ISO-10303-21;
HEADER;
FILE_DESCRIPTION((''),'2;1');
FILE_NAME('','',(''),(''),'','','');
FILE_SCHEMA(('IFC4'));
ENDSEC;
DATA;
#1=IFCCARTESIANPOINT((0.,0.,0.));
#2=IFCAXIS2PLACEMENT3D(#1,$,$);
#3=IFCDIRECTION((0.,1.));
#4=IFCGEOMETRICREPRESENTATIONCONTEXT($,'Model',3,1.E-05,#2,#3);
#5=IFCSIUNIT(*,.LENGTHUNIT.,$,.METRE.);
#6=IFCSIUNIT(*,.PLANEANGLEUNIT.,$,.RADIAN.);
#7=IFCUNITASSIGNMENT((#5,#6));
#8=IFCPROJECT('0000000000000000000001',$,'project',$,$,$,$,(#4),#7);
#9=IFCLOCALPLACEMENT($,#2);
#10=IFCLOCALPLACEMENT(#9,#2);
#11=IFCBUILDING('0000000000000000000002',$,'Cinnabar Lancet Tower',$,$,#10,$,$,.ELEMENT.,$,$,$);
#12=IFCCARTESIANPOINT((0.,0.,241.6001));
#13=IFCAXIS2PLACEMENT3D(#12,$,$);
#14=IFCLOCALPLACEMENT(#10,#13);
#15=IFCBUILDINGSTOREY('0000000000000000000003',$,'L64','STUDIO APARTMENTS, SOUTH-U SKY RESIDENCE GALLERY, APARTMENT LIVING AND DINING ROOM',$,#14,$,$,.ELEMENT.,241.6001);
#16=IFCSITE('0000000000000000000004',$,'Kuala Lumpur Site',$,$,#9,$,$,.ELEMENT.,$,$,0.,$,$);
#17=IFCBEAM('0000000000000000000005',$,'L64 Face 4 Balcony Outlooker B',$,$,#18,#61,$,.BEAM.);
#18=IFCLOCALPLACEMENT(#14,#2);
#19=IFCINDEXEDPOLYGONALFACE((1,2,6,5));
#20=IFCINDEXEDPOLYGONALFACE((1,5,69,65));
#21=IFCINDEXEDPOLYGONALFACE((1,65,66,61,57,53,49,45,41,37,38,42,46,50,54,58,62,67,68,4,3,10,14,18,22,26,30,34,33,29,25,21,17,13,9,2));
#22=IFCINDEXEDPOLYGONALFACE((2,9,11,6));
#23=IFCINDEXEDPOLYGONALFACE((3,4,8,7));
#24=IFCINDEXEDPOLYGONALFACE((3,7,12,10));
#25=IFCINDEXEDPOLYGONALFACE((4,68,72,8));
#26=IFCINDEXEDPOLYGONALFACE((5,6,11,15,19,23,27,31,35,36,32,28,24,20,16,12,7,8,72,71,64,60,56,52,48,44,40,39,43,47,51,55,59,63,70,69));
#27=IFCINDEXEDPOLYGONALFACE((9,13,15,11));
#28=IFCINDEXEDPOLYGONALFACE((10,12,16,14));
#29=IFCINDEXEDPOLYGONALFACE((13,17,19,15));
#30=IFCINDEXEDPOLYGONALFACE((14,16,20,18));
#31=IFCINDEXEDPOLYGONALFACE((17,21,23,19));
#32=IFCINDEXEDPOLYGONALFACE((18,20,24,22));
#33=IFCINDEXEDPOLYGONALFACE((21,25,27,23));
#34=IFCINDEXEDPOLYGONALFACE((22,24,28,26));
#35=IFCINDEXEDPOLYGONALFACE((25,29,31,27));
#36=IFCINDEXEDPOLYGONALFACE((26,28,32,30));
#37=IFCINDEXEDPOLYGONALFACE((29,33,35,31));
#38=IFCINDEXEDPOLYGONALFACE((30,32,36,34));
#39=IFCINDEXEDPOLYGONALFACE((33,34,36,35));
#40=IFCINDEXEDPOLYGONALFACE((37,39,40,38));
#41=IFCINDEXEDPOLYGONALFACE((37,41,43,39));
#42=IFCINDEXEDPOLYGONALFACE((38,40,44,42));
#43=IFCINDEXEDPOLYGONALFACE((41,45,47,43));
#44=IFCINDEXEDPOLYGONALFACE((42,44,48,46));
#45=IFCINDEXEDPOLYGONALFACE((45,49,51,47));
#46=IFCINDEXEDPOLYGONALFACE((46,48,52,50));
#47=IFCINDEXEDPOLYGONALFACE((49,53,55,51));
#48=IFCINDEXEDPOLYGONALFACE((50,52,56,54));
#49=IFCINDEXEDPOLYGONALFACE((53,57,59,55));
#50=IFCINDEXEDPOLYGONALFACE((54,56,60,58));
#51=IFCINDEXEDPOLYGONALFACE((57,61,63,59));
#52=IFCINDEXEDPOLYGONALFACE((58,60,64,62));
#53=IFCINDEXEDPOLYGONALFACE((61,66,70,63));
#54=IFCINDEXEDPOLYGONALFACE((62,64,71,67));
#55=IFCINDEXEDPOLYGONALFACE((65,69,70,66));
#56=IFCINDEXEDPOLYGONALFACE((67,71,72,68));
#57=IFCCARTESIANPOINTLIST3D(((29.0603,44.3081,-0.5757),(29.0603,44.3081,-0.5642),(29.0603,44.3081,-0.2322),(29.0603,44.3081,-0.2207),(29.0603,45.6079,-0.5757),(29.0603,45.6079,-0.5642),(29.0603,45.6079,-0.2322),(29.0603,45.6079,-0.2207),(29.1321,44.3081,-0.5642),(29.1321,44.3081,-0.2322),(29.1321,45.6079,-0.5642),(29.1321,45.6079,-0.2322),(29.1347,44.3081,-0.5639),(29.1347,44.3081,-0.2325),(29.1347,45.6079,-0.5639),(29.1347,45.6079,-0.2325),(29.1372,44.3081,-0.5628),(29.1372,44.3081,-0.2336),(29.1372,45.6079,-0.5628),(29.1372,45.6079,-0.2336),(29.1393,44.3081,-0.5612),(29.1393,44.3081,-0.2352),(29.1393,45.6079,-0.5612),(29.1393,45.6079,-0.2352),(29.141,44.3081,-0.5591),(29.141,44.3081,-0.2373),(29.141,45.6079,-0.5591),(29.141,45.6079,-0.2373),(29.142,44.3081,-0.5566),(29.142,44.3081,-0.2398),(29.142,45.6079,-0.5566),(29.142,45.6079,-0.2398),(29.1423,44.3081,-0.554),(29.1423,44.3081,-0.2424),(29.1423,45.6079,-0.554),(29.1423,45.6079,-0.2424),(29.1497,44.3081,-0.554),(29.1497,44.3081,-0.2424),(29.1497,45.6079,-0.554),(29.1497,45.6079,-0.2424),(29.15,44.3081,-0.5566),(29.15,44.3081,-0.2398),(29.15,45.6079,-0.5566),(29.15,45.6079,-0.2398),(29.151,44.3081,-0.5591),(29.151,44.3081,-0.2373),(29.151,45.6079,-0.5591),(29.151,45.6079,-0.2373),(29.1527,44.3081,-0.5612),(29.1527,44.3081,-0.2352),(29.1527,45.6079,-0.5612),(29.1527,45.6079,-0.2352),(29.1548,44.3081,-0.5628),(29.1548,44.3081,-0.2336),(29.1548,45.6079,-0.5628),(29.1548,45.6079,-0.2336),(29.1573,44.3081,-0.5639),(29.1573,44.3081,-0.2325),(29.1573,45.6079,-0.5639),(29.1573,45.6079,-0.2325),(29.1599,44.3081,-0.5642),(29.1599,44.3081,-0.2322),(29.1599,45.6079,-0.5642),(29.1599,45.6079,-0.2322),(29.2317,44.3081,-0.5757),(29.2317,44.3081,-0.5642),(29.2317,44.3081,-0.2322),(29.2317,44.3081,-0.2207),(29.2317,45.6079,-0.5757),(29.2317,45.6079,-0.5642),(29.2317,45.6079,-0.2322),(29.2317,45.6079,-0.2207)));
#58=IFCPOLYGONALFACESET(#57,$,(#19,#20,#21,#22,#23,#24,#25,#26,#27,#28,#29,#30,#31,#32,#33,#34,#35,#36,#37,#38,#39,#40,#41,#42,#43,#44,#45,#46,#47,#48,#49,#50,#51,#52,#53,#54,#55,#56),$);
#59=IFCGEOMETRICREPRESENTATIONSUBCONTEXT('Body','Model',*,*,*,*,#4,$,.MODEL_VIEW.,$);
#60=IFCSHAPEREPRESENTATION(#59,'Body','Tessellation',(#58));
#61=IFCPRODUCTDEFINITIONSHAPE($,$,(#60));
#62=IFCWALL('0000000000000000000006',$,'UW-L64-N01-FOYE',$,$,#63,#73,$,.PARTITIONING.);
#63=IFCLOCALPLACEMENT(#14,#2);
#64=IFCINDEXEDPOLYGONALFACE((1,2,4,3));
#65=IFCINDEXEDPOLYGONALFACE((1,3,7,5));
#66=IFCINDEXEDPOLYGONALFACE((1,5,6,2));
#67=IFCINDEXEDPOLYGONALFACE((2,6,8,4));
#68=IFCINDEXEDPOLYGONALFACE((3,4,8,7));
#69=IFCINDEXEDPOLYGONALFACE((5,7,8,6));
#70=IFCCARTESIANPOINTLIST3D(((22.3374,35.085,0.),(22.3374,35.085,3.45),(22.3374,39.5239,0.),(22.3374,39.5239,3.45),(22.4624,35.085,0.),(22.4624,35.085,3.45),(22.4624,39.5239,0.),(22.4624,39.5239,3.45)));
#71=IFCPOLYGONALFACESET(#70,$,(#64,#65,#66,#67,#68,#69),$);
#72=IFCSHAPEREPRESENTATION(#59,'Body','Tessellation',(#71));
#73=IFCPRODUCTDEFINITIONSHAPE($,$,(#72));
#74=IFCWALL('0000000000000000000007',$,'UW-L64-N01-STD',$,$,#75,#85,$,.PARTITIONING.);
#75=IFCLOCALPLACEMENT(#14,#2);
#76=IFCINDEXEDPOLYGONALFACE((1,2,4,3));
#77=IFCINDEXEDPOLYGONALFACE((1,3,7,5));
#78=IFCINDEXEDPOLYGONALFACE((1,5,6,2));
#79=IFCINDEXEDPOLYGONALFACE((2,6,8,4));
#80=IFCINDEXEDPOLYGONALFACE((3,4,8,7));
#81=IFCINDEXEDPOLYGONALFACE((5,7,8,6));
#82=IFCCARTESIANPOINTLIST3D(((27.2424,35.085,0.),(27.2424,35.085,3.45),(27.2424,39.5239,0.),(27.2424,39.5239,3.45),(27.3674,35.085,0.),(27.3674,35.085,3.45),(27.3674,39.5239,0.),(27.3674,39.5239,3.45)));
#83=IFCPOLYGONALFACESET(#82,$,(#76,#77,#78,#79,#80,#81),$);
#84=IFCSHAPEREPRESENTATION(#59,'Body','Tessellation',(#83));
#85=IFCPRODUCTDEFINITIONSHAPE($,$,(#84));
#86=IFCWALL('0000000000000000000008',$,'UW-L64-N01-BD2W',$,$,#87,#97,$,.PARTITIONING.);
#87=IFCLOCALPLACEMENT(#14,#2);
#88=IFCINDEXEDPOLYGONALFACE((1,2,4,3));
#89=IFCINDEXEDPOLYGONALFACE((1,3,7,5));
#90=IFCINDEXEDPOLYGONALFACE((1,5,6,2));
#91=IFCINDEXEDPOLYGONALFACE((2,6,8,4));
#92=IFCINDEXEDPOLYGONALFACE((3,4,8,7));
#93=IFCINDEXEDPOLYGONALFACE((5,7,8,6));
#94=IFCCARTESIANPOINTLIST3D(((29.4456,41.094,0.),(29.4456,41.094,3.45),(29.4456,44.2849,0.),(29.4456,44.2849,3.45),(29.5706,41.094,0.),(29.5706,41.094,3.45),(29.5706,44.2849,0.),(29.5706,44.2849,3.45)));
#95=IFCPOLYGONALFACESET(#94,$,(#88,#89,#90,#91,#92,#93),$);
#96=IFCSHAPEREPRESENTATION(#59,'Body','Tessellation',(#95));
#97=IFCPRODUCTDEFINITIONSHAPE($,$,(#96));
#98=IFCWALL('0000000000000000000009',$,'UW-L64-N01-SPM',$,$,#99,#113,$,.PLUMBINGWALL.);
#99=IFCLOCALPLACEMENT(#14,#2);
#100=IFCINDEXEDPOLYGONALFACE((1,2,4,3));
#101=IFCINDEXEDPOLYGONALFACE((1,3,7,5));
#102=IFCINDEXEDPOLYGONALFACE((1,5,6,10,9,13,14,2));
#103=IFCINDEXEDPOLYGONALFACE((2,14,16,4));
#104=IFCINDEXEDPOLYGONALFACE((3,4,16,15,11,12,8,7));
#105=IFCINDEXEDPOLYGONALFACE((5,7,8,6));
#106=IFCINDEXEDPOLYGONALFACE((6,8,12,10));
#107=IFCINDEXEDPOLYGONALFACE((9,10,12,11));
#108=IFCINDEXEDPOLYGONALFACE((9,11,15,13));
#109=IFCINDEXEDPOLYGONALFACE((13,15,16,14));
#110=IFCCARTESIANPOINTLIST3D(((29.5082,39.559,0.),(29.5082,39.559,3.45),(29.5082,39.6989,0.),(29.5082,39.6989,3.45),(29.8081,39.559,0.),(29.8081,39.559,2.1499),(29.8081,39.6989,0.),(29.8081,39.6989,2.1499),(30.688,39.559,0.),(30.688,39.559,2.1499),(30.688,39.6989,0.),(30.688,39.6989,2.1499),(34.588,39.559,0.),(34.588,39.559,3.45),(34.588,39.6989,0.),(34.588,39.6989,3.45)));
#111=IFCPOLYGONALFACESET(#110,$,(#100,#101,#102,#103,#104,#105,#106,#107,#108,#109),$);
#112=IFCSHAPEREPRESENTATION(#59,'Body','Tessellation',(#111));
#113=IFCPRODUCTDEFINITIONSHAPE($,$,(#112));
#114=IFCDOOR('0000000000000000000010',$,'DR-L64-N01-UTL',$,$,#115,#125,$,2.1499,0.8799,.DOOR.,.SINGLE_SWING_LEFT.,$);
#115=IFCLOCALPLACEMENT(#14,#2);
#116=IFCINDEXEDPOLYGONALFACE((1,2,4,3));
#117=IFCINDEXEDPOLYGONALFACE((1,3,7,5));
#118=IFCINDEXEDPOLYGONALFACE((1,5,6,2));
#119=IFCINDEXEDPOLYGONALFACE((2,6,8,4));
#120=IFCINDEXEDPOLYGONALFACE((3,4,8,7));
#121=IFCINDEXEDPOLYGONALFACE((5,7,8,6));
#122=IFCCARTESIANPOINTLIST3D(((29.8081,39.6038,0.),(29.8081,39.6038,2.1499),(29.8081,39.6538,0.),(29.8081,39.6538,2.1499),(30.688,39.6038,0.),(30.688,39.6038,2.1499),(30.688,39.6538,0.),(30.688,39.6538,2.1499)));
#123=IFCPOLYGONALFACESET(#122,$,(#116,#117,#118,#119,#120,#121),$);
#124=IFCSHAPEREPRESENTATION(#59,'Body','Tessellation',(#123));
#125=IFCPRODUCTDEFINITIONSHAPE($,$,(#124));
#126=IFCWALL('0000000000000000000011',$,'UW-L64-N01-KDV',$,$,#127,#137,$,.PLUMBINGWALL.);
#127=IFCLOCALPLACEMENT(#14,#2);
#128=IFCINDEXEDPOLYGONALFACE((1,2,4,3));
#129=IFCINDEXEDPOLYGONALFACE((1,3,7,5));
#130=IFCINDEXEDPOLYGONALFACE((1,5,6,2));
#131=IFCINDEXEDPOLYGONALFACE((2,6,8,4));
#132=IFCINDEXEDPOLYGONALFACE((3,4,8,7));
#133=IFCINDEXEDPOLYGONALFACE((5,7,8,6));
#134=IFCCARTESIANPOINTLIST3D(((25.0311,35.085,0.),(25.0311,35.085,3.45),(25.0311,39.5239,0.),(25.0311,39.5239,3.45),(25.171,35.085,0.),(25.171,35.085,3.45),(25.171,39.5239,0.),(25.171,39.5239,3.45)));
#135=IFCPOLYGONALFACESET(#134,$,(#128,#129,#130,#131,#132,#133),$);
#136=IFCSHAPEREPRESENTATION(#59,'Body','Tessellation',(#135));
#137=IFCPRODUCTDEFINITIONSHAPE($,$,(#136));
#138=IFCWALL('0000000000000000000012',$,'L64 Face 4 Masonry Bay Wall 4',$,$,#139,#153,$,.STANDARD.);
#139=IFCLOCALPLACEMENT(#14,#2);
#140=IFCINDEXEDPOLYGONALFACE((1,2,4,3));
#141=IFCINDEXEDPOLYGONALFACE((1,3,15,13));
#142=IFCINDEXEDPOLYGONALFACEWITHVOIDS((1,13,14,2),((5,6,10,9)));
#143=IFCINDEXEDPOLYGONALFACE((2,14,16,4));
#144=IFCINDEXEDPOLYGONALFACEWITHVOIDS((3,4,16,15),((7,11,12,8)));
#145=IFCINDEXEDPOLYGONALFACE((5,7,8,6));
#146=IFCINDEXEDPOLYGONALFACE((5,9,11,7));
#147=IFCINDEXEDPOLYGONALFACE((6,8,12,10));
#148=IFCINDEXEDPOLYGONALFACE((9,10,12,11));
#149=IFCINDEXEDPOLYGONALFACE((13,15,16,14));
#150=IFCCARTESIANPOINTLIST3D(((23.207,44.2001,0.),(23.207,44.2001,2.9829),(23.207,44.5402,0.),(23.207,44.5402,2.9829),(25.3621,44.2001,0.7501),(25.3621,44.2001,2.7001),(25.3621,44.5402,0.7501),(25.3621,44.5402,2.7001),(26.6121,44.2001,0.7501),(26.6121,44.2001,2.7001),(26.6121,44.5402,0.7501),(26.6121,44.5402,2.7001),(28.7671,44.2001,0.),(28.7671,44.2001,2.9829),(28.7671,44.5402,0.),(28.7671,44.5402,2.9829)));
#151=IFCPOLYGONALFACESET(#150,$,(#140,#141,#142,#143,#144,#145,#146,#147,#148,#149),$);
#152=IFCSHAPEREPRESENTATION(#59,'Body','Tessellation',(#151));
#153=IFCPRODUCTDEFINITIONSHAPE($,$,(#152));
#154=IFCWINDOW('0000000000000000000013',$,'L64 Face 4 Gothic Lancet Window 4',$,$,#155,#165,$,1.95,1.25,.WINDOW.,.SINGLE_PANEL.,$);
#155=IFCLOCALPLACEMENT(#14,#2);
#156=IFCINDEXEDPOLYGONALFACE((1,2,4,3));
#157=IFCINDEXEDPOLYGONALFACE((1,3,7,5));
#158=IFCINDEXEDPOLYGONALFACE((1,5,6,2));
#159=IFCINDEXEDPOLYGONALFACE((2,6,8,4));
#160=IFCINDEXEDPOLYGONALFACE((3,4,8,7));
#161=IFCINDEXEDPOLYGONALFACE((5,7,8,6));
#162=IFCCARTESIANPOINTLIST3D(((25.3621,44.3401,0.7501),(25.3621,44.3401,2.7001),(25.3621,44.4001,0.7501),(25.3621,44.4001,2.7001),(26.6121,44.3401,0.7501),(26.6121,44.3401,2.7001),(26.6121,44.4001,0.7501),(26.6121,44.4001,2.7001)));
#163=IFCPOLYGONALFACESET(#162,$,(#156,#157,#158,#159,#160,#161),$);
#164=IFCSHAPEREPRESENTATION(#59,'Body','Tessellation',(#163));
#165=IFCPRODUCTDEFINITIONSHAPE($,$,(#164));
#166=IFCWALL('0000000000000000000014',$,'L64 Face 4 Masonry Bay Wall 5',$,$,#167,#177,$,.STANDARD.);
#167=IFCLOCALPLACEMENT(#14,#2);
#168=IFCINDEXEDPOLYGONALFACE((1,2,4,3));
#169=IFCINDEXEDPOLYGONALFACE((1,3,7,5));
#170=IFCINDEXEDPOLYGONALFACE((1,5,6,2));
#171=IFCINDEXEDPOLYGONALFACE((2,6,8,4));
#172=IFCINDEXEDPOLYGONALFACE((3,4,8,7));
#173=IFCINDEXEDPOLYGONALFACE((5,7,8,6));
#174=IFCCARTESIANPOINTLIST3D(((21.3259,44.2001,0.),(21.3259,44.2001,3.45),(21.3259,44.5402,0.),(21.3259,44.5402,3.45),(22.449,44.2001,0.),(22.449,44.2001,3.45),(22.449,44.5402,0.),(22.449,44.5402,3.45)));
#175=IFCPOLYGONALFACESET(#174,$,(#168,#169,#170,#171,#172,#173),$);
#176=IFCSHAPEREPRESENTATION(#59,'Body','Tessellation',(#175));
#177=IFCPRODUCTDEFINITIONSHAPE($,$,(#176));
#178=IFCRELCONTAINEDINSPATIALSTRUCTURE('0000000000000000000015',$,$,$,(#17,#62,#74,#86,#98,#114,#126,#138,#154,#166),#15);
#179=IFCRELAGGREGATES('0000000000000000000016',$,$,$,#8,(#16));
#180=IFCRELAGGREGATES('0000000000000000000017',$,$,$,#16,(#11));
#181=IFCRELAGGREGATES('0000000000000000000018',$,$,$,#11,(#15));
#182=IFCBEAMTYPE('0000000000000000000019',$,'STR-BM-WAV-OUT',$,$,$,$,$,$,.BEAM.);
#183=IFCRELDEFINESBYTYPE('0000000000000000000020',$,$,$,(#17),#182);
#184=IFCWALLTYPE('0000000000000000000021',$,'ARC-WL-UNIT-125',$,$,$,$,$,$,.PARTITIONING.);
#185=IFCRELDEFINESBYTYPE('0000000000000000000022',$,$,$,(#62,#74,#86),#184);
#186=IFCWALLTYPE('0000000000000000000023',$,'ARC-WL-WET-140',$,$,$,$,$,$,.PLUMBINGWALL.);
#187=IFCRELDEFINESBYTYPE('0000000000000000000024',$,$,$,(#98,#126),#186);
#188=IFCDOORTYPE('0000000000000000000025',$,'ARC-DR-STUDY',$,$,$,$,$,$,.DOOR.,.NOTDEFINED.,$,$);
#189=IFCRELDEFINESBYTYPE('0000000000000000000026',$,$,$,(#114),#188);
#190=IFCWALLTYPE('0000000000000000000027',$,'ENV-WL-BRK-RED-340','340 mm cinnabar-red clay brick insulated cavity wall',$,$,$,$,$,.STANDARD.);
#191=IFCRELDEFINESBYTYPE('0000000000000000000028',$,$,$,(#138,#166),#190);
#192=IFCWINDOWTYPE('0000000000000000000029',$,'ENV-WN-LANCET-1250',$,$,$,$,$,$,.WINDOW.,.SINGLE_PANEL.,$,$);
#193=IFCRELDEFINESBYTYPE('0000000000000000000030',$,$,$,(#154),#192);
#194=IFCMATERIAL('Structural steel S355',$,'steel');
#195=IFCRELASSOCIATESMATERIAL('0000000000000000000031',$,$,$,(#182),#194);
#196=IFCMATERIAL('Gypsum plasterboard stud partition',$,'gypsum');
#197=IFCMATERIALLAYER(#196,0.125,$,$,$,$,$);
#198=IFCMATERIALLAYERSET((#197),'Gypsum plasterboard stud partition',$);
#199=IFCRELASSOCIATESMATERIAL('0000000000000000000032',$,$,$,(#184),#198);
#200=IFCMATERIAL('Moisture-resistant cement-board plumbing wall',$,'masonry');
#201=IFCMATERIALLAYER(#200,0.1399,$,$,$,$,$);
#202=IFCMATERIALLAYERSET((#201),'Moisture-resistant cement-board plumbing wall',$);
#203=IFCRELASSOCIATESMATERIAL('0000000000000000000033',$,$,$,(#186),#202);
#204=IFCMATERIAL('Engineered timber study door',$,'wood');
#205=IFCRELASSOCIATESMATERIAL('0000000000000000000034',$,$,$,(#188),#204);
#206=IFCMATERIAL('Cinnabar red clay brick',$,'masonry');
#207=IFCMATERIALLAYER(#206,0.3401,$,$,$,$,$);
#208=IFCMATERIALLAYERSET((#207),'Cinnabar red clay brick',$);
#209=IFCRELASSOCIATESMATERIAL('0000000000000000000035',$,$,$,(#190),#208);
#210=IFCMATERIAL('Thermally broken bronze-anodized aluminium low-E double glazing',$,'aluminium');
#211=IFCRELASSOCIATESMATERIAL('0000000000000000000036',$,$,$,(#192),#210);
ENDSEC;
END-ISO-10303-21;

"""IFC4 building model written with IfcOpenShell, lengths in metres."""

from ifc_helpers import new_model, si_unit, direction, frame, frame_2d, origin, origin_2d, place, context, subcontext, project, spatial, rectangle, i_section, extrude, material, layer, layer_set, material_profile, profile_set, type_object, element, fill, save


model = new_model("IFC4")

# Units and contexts
model_context = context("Model", 3, precision=1e-05, world=origin(), true_north=direction((0.0, 1.0)))
body_context = subcontext(model_context, "Body", "Model", "MODEL_VIEW")
ifc_project = project(units=[si_unit("LENGTHUNIT", "METRE"), si_unit("PLANEANGLEUNIT", "RADIAN")], contexts=[model_context])

# Site, building, storey
site_placement = place(None, origin())
site = spatial("IfcSite", under=ifc_project, at=site_placement, Name="Kuala Lumpur Site", CompositionType="ELEMENT", RefElevation=0.0)
building_placement = place(site_placement, origin())
building = spatial("IfcBuilding", under=site, at=building_placement, Name="Cinnabar Lancet Tower", CompositionType="ELEMENT")
storey_placement = place(building_placement, frame((0.0, 0.0, 241.6001)))
storey = spatial("IfcBuildingStorey", under=building, at=storey_placement, Name="L64", Description="STUDIO APARTMENTS, SOUTH-U SKY RESIDENCE GALLERY, APARTMENT LIVING AND DINING ROOM", CompositionType="ELEMENT", Elevation=241.6001)

# Beam
ifc_material_1 = material(Name="Structural steel S355", Category="steel")
ifc_material_profile_1 = material_profile(ifc_material_1, i_section(OverallWidth=0.1714, OverallDepth=0.355, WebThickness=0.0073, FlangeThickness=0.0115, FilletRadius=0.0103, at=origin_2d()), Name="UKB 356x171x51")
ifc_profile_set_1 = profile_set([ifc_material_profile_1], Name="Structural steel S355")
beam_type_1 = type_object("IfcBeamType", Name="STR-BM-WAV-OUT", PredefinedType="BEAM", material=ifc_profile_set_1)
beam_1_placement = place(storey_placement, frame((29.146, 44.3081, -0.3982), z_axis=(0.0, 1.0, 0.0), x_axis=(-1.0, 0.0, 0.0)))
element("IfcBeam", 1, at=beam_1_placement, inside=storey, type_object=beam_type_1, Name="L64 Face 4 Balcony Outlooker B", PredefinedType="BEAM", context=body_context, shape_type="SweptSolid", body=[
    extrude(i_section(OverallWidth=0.1714, OverallDepth=0.355, WebThickness=0.0073, FlangeThickness=0.0115, FilletRadius=0.0103, at=origin_2d()), origin(), (0.0, 0.0, 1.0), 1.2998),
])

# Walls
ifc_material_2 = material(Name="Gypsum plasterboard stud partition", Category="gypsum")
ifc_layer_1 = layer(ifc_material_2, 0.125)
ifc_layer_set_1 = layer_set([ifc_layer_1], Name="Gypsum plasterboard stud partition")
wall_type_1 = type_object("IfcWallType", Name="ARC-WL-UNIT-125", PredefinedType="PARTITIONING", material=ifc_layer_set_1)
for number, where, z_axis, x_axis, name in (
    (2, (22.3999, 35.085, 0.0), (0.0, 0.0, 1.0), (0.0, 1.0, 0.0), "UW-L64-N01-FOYE"),
    (3, (27.3049, 35.085, 0.0), (0.0, 0.0, 1.0), (0.0, 1.0, 0.0), "UW-L64-N01-STD"),
):
    element("IfcWall", number, at=place(storey_placement, frame(where, z_axis=z_axis, x_axis=x_axis)), inside=storey, type_object=wall_type_1, Name=name, PredefinedType="PARTITIONING", context=body_context, shape_type="SweptSolid", body=[
        extrude(rectangle(XDim=4.439, YDim=0.125, at=frame_2d((2.2195, 0.0))), origin(), (0.0, 0.0, 1.0), 3.45),
    ])
wall_1_placement = place(storey_placement, frame((29.5081, 41.094, 0.0), z_axis=(0.0, 0.0, 1.0), x_axis=(0.0, 1.0, 0.0)))
element("IfcWall", 4, at=wall_1_placement, inside=storey, type_object=wall_type_1, Name="UW-L64-N01-BD2W", PredefinedType="PARTITIONING", context=body_context, shape_type="SweptSolid", body=[
    extrude(rectangle(XDim=3.1909, YDim=0.125, at=frame_2d((1.5955, 0.0))), origin(), (0.0, 0.0, 1.0), 3.45),
])

# Shared definitions
ifc_material_3 = material(Name="Moisture-resistant cement-board plumbing wall", Category="masonry")
ifc_layer_2 = layer(ifc_material_3, 0.1399)
ifc_layer_set_2 = layer_set([ifc_layer_2], Name="Moisture-resistant cement-board plumbing wall")
wall_type_2 = type_object("IfcWallType", Name="ARC-WL-WET-140", PredefinedType="PLUMBINGWALL", material=ifc_layer_set_2)
ifc_material_4 = material(Name="Engineered timber study door", Category="wood")
door_type_1 = type_object("IfcDoorType", Name="ARC-DR-STUDY", OperationType="NOTDEFINED", PredefinedType="DOOR", material=ifc_material_4)

# Wall, opening, door
wall_2_placement = place(storey_placement, frame((29.5081, 39.6289, 0.0), z_axis=(0.0, 0.0, 1.0), x_axis=(1.0, 0.0, 0.0)))
wall_2 = element("IfcWall", 5, at=wall_2_placement, inside=storey, type_object=wall_type_2, Name="UW-L64-N01-SPM", PredefinedType="PLUMBINGWALL", context=body_context, shape_type="SweptSolid", body=[
    extrude(rectangle(XDim=5.0798, YDim=0.1399, at=frame_2d((2.54, 0.0))), origin(), (0.0, 0.0, 1.0), 3.45),
])
opening_1_placement = place(wall_2_placement, frame((0.3, 0.0, 0.0)))
opening_1 = element("IfcOpeningElement", 6, at=opening_1_placement, cuts=wall_2, PredefinedType="OPENING", context=body_context, shape_type="SweptSolid", body=[
    extrude(rectangle(XDim=0.8799, YDim=2.1499, at=frame_2d((0.4399, 1.075))), frame((0.0, 0.0798, 0.0), z_axis=(0.0, -1.0, 0.0), x_axis=(1.0, 0.0, 0.0)), (0.0, 0.0, 1.0), 0.1599),
])
door_1_placement = place(opening_1_placement, origin())
door_1 = element("IfcDoor", 7, at=door_1_placement, inside=storey, type_object=door_type_1, Name="DR-L64-N01-UTL", OperationType="SINGLE_SWING_LEFT", OverallHeight=2.1499, OverallWidth=0.8799, PredefinedType="DOOR", context=body_context, shape_type="SweptSolid", body=[
    extrude(rectangle(XDim=0.8799, YDim=2.1499, at=frame_2d((0.4399, 1.075))), frame((0.0, 0.0249, 0.0), z_axis=(0.0, -1.0, 0.0), x_axis=(1.0, 0.0, 0.0)), (0.0, 0.0, 1.0), 0.05),
])
fill(opening_1, door_1)

# Wall
wall_3_placement = place(storey_placement, frame((25.1011, 35.085, 0.0), z_axis=(0.0, 0.0, 1.0), x_axis=(0.0, 1.0, 0.0)))
element("IfcWall", 8, at=wall_3_placement, inside=storey, type_object=wall_type_2, Name="UW-L64-N01-KDV", PredefinedType="PLUMBINGWALL", context=body_context, shape_type="SweptSolid", body=[
    extrude(rectangle(XDim=4.439, YDim=0.1399, at=frame_2d((2.2195, 0.0))), origin(), (0.0, 0.0, 1.0), 3.45),
])

# Wall, opening, window
ifc_material_5 = material(Name="Cinnabar red clay brick", Category="masonry")
ifc_layer_3 = layer(ifc_material_5, 0.3401)
ifc_layer_set_3 = layer_set([ifc_layer_3], Name="Cinnabar red clay brick")
wall_type_3 = type_object("IfcWallType", Name="ENV-WL-BRK-RED-340", Description="340 mm cinnabar-red clay brick insulated cavity wall", PredefinedType="STANDARD", material=ifc_layer_set_3)
wall_4_placement = place(storey_placement, frame((28.7671, 44.3701, 0.0), z_axis=(0.0, 0.0, 1.0), x_axis=(-1.0, 0.0, 0.0)))
wall_4 = element("IfcWall", 9, at=wall_4_placement, inside=storey, type_object=wall_type_3, Name="L64 Face 4 Masonry Bay Wall 4", PredefinedType="STANDARD", context=body_context, shape_type="SweptSolid", body=[
    extrude(rectangle(XDim=5.5601, YDim=0.3401, at=frame_2d((2.78, 0.0))), origin(), (0.0, 0.0, 1.0), 2.9829),
])
opening_2_placement = place(wall_4_placement, frame((2.155, 0.0, 0.75)))
opening_2 = element("IfcOpeningElement", 10, at=opening_2_placement, cuts=wall_4, PredefinedType="OPENING", context=body_context, shape_type="SweptSolid", body=[
    extrude(rectangle(XDim=1.25, YDim=1.95, at=frame_2d((0.625, 0.9751))), frame((0.0, 0.1799, 0.0), z_axis=(0.0, -1.0, 0.0), x_axis=(1.0, 0.0, 0.0)), (0.0, 0.0, 1.0), 0.3601),
])
ifc_material_6 = material(Name="Thermally broken bronze-anodized aluminium low-E double glazing", Category="aluminium")
window_type = type_object("IfcWindowType", Name="ENV-WN-LANCET-1250", PartitioningType="SINGLE_PANEL", PredefinedType="WINDOW", material=ifc_material_6)
window_placement = place(opening_2_placement, origin())
window = element("IfcWindow", 11, at=window_placement, inside=storey, type_object=window_type, Name="L64 Face 4 Gothic Lancet Window 4", OverallHeight=1.95, OverallWidth=1.25, PartitioningType="SINGLE_PANEL", PredefinedType="WINDOW", context=body_context, shape_type="SweptSolid", body=[
    extrude(rectangle(XDim=1.25, YDim=1.95, at=frame_2d((0.625, 0.9751))), frame((0.0, 0.03, 0.0), z_axis=(0.0, -1.0, 0.0), x_axis=(1.0, 0.0, 0.0)), (0.0, 0.0, 1.0), 0.0601),
])
fill(opening_2, window)

# Wall
wall_5_placement = place(storey_placement, frame((22.449, 44.3701, 0.0), z_axis=(0.0, 0.0, 1.0), x_axis=(-1.0, 0.0, 0.0)))
element("IfcWall", 12, at=wall_5_placement, inside=storey, type_object=wall_type_3, Name="L64 Face 4 Masonry Bay Wall 5", PredefinedType="STANDARD", context=body_context, shape_type="SweptSolid", body=[
    extrude(rectangle(XDim=1.123, YDim=0.3401, at=frame_2d((0.5615, 0.0))), origin(), (0.0, 0.0, 1.0), 3.45),
])

save(model, "model.ifc")
